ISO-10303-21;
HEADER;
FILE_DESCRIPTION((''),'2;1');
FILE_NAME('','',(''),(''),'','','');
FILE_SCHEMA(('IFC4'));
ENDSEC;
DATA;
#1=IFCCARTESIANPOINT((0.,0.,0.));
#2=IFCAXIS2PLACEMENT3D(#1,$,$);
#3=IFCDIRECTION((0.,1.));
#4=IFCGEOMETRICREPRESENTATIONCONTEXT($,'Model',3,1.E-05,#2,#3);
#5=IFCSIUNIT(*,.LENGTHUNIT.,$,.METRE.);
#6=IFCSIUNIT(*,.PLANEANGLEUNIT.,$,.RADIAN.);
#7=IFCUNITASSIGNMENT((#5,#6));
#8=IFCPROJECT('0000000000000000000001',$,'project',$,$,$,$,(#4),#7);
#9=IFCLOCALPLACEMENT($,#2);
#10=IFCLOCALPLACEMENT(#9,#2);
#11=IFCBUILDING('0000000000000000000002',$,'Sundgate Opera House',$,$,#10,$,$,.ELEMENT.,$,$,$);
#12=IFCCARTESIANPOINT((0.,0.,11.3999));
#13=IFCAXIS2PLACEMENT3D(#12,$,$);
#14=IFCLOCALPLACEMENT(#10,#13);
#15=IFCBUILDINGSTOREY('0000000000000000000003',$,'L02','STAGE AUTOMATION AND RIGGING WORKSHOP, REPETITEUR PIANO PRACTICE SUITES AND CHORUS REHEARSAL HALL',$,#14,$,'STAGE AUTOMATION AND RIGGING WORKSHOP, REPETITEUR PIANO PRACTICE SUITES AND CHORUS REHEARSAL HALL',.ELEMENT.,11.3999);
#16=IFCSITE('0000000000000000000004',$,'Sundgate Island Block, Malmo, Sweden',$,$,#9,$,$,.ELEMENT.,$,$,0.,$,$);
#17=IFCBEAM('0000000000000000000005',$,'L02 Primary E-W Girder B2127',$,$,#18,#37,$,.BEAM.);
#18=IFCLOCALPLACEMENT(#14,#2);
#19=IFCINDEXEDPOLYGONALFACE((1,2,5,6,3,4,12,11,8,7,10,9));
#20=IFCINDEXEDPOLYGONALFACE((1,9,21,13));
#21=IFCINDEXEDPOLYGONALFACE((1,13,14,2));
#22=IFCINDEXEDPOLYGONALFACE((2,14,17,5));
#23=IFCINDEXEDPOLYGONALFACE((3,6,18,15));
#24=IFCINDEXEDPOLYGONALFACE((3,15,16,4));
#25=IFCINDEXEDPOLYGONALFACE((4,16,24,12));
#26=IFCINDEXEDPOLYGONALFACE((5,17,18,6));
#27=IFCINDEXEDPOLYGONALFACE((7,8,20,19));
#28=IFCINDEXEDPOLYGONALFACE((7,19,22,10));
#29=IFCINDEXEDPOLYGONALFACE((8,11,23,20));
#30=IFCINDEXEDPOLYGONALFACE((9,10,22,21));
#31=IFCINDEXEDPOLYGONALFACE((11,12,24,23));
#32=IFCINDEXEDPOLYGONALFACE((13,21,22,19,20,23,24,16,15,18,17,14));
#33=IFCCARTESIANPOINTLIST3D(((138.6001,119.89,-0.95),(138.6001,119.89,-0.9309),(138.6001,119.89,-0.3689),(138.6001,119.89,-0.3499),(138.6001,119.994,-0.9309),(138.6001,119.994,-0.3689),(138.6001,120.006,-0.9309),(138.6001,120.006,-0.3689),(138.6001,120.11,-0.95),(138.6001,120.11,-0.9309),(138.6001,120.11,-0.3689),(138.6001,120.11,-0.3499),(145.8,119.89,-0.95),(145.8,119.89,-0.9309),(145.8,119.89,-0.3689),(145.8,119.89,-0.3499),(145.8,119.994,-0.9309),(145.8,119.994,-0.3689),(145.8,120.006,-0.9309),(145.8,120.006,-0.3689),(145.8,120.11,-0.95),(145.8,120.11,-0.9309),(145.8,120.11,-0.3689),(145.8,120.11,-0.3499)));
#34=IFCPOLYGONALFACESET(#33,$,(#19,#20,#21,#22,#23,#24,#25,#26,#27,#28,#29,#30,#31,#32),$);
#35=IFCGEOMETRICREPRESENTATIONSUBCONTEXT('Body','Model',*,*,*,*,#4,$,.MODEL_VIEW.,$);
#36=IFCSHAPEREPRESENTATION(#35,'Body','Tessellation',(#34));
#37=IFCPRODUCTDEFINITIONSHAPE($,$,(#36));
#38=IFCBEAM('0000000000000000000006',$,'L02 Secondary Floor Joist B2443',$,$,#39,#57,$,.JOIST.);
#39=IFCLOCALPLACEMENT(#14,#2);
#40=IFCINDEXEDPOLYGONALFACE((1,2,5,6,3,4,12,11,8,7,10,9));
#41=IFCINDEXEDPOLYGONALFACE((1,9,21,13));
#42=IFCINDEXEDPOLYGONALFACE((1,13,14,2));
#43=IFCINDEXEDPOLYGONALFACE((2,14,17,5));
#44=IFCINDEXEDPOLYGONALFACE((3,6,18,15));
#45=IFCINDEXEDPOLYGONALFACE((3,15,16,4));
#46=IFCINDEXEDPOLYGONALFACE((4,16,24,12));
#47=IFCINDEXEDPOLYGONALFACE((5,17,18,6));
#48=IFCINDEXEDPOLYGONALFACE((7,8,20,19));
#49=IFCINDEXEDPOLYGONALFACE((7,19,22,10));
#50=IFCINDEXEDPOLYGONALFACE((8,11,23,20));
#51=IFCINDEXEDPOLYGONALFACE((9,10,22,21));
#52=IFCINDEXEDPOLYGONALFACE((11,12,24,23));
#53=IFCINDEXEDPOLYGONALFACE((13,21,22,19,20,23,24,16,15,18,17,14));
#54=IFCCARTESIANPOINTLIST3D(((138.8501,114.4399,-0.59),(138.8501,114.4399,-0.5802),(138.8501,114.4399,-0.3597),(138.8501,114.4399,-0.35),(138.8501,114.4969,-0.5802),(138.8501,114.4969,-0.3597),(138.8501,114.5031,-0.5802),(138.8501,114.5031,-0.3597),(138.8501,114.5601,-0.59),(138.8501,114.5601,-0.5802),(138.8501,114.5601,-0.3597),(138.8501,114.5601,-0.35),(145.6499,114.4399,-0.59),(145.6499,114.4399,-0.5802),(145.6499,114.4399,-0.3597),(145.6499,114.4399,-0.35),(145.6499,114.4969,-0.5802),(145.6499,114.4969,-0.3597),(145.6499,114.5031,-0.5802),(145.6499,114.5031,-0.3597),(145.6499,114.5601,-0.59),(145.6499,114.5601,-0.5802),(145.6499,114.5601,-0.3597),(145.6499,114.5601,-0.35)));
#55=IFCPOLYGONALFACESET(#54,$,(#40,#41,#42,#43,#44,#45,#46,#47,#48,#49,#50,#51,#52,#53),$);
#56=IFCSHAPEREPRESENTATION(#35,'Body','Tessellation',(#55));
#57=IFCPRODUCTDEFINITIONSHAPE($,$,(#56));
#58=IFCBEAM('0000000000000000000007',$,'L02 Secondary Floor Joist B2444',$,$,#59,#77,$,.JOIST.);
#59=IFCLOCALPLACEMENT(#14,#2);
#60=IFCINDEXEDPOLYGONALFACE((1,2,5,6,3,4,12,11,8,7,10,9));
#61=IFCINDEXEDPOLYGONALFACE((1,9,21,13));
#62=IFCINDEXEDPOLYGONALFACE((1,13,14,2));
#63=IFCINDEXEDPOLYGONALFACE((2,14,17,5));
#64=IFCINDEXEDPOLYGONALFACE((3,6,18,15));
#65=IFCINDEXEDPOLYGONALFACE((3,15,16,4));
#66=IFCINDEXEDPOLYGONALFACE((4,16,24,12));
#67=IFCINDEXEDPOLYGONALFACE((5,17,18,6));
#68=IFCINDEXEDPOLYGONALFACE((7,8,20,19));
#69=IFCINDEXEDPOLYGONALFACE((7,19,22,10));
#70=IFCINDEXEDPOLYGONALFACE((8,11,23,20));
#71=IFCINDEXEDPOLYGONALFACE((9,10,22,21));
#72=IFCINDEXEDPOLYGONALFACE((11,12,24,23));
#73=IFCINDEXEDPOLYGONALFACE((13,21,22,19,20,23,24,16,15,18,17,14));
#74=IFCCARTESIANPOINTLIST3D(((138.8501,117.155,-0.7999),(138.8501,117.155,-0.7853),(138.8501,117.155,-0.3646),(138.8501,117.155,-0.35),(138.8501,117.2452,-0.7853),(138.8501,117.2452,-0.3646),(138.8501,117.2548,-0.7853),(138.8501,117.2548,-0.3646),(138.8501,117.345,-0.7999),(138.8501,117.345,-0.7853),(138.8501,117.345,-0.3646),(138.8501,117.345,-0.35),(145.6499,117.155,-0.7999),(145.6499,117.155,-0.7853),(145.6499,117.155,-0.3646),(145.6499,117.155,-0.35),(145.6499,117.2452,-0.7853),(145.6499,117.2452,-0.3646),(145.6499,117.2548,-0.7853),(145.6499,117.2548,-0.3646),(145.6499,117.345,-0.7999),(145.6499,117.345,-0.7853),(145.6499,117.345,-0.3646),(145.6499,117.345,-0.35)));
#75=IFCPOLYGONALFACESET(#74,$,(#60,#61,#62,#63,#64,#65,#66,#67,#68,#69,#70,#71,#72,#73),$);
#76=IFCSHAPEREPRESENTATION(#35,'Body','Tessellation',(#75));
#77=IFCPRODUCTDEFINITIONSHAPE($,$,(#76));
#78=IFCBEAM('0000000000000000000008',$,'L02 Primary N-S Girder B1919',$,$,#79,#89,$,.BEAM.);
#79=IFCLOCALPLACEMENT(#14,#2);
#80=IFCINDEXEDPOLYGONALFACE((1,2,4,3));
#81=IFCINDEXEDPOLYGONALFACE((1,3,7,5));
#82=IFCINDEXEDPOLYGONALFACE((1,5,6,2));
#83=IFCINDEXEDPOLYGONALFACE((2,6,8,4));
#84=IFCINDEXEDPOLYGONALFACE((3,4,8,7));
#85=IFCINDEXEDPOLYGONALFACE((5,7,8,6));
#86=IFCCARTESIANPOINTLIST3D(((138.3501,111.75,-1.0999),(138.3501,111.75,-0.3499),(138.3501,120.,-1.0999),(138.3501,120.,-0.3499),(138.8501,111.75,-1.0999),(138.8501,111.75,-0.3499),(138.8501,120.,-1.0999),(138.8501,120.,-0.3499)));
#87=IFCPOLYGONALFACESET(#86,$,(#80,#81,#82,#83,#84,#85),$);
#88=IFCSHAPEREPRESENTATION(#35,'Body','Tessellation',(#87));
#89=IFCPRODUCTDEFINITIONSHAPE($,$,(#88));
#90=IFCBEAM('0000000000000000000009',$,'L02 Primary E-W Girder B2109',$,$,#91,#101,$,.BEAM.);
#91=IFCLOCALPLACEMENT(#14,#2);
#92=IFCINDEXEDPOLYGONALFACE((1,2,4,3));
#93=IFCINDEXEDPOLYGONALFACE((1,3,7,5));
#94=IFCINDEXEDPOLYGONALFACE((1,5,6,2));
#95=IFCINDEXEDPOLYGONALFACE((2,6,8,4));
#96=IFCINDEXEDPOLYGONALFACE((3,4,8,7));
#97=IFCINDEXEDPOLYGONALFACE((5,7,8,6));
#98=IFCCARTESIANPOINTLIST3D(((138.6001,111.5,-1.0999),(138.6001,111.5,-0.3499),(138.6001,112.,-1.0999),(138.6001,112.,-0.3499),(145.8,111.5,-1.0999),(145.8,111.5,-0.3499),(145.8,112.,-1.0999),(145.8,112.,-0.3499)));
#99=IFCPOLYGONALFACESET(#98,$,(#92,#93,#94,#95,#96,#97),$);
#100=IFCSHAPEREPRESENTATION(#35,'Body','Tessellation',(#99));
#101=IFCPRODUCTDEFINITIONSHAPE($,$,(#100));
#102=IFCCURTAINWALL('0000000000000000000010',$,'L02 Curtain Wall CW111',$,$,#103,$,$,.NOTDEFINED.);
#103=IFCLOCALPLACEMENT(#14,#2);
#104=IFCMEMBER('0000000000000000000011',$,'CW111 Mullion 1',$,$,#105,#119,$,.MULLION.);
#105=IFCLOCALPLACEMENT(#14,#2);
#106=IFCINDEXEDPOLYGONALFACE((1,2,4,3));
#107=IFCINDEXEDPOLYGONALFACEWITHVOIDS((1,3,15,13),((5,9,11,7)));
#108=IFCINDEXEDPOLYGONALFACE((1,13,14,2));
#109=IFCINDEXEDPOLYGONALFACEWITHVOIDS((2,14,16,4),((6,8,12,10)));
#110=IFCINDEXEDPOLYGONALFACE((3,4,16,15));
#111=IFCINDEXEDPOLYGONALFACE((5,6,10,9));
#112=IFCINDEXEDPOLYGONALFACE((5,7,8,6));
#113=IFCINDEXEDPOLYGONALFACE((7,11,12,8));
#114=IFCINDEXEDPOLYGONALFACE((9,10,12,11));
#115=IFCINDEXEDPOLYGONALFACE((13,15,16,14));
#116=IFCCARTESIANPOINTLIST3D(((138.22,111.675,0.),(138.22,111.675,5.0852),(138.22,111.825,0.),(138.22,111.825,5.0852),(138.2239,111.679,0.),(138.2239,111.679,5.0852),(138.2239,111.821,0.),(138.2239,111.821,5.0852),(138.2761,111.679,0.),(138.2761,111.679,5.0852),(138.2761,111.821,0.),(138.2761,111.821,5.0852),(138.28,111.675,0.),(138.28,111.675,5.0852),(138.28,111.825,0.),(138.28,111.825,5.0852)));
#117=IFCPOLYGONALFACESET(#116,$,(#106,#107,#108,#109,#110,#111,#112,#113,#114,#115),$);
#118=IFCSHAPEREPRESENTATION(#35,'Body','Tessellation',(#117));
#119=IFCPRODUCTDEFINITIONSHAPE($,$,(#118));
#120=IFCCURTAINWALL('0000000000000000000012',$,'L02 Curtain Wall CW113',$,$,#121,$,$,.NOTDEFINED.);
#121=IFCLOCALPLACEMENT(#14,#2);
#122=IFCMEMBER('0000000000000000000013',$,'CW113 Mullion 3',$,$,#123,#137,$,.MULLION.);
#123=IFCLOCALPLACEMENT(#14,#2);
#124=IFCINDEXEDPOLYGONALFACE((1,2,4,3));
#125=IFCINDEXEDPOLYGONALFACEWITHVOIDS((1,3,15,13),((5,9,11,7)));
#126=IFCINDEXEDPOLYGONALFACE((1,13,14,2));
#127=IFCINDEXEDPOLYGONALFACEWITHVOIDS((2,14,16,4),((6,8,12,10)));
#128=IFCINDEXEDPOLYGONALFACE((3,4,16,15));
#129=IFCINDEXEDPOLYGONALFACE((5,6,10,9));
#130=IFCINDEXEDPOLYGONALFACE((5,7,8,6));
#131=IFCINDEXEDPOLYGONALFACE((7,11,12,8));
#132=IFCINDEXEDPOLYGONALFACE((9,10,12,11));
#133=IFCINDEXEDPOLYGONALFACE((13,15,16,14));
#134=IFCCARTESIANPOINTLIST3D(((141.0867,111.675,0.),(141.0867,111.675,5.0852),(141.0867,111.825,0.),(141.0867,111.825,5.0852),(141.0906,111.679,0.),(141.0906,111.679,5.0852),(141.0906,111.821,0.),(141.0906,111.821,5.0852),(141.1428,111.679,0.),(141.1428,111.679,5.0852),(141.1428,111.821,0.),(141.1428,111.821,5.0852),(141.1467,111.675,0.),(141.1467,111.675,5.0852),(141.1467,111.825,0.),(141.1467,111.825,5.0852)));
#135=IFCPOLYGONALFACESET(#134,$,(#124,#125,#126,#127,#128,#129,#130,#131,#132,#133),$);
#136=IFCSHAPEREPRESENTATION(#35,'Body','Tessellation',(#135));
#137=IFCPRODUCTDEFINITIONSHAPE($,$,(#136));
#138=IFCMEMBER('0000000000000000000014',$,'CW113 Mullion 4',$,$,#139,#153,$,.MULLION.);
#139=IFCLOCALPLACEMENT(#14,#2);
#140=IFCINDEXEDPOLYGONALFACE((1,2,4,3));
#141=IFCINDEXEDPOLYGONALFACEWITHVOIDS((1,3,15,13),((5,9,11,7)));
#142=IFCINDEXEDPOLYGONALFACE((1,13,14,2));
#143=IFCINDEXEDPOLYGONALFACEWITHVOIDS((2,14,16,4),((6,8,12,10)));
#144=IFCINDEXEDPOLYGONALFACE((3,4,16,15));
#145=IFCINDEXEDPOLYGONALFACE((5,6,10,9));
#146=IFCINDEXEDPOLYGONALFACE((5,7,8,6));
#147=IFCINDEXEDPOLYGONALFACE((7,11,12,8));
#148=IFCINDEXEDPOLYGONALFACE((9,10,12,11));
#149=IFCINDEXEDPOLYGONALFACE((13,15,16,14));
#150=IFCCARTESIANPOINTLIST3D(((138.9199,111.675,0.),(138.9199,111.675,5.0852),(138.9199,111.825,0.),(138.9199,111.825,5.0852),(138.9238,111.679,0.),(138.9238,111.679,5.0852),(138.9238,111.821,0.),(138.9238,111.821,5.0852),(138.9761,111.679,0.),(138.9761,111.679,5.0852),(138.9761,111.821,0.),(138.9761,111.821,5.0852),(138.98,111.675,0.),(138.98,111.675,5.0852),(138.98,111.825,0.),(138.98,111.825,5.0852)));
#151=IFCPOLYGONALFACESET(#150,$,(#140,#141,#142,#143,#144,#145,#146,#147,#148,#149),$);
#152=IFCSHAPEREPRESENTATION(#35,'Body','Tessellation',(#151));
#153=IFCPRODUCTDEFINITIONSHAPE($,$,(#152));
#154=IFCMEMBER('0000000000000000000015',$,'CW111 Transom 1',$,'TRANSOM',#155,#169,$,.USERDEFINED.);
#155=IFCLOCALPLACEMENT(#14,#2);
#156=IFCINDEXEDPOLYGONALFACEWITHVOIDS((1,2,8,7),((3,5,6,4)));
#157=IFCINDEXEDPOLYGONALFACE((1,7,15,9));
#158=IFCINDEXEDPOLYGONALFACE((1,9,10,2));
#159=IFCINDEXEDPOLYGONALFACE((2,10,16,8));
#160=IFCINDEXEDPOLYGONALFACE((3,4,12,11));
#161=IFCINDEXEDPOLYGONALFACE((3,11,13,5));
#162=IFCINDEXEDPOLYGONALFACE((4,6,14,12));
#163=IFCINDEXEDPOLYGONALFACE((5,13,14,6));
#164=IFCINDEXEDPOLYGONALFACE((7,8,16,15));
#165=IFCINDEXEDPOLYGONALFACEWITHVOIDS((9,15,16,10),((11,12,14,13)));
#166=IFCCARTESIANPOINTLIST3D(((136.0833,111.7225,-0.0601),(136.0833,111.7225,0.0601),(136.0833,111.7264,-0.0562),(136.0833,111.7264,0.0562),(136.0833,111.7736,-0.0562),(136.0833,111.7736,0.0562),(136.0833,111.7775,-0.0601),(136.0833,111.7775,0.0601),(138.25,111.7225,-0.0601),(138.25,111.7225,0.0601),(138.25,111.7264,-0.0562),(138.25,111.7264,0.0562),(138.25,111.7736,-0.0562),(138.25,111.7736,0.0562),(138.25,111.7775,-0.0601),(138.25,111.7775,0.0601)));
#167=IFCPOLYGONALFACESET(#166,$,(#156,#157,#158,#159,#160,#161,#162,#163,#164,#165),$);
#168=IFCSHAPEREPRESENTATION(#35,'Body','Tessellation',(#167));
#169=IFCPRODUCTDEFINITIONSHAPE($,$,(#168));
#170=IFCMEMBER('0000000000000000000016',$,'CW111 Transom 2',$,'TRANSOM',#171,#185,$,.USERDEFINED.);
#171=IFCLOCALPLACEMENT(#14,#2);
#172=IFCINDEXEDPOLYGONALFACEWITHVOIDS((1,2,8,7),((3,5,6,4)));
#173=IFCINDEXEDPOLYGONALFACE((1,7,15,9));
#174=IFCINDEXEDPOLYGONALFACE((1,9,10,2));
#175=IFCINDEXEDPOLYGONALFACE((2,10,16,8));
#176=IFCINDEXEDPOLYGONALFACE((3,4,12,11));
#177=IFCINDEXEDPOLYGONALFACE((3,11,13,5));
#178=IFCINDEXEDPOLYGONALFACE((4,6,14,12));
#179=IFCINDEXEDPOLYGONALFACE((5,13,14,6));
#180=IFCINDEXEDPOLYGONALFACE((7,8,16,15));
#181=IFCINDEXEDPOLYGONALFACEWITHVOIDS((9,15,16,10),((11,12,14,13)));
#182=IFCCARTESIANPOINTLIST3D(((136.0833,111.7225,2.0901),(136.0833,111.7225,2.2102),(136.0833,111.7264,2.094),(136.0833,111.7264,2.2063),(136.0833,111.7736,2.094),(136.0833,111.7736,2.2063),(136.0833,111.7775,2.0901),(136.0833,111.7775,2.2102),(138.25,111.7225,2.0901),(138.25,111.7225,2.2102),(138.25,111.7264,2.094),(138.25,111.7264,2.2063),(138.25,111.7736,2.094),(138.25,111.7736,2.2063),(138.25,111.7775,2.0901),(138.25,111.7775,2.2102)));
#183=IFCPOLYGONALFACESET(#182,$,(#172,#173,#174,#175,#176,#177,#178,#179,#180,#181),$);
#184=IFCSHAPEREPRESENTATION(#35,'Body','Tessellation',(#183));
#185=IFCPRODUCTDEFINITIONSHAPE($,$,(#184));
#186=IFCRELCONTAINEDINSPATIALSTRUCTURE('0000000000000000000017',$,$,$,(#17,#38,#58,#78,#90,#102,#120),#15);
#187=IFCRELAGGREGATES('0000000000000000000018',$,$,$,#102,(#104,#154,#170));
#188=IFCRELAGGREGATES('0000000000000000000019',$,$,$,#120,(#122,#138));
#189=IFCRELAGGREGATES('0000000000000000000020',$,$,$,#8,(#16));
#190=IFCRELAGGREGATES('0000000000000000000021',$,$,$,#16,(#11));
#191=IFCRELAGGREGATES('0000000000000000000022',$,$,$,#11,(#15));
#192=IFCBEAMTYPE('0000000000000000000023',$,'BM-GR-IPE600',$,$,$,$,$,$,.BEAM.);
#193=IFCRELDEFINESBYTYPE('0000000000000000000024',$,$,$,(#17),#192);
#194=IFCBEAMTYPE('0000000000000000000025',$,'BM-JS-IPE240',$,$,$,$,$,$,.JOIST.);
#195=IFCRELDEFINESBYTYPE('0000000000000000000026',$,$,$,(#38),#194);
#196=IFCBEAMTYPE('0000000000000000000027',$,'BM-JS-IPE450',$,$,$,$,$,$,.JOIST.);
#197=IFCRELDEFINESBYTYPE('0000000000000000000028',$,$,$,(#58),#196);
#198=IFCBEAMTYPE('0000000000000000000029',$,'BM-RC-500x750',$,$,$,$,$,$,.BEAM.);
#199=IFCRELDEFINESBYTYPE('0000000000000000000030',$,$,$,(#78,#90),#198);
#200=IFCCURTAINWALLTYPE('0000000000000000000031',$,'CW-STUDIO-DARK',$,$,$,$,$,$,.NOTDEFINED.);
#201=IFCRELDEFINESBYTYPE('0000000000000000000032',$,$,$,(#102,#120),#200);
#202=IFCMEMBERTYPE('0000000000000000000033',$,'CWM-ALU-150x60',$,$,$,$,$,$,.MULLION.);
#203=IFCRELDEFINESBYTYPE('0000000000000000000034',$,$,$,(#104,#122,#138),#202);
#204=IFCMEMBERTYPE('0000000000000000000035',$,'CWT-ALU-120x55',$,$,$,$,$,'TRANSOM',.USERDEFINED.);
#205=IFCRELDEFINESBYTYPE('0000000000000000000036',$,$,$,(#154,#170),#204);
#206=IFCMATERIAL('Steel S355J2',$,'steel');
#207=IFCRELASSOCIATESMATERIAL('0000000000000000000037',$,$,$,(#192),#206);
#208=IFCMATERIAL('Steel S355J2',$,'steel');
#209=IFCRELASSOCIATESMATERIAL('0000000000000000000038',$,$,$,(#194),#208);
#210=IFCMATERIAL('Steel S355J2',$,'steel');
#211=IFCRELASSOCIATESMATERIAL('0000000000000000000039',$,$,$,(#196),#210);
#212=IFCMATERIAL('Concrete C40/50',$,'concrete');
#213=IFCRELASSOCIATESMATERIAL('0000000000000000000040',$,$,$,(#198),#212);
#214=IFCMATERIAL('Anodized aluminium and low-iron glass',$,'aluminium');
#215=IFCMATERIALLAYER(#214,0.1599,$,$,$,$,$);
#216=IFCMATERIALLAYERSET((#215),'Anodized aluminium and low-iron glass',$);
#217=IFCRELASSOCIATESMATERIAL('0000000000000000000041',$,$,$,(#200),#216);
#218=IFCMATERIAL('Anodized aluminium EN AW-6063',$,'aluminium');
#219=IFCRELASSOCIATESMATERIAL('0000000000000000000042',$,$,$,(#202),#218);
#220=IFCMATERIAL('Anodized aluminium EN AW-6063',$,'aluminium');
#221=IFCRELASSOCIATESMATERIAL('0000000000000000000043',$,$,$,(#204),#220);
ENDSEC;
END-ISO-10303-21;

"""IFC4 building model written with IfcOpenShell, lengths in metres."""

from ifc_helpers import new_model, si_unit, direction, frame, origin, origin_2d, place, context, subcontext, project, spatial, rectangle, hollow_rectangle, i_section, extrude, material, layer, layer_set, material_profile, profile_set, type_object, element, aggregate, save


model = new_model("IFC4")

# Units and contexts
model_context = context("Model", 3, precision=1e-05, world=origin(), true_north=direction((0.0, 1.0)))
body_context = subcontext(model_context, "Body", "Model", "MODEL_VIEW")
ifc_project = project(units=[si_unit("LENGTHUNIT", "METRE"), si_unit("PLANEANGLEUNIT", "RADIAN")], contexts=[model_context])

# Site, building, storey
site_placement = place(None, origin())
site = spatial("IfcSite", under=ifc_project, at=site_placement, Name="Sundgate Island Block, Malmo, Sweden", CompositionType="ELEMENT", RefElevation=0.0)
building_placement = place(site_placement, origin())
building = spatial("IfcBuilding", under=site, at=building_placement, Name="Sundgate Opera House", CompositionType="ELEMENT")
storey_placement = place(building_placement, frame((0.0, 0.0, 11.3999)))
storey = spatial("IfcBuildingStorey", under=building, at=storey_placement, Name="L02", Description="STAGE AUTOMATION AND RIGGING WORKSHOP, REPETITEUR PIANO PRACTICE SUITES AND CHORUS REHEARSAL HALL", LongName="STAGE AUTOMATION AND RIGGING WORKSHOP, REPETITEUR PIANO PRACTICE SUITES AND CHORUS REHEARSAL HALL", CompositionType="ELEMENT", Elevation=11.3999)

# Beams
ifc_material_1 = material(Name="Steel S355J2", Category="steel")
ifc_material_profile_1 = material_profile(ifc_material_1, i_section(OverallWidth=0.22, OverallDepth=0.6001, WebThickness=0.012, FlangeThickness=0.019, at=origin_2d()), Name="IPE 600")
ifc_profile_set_1 = profile_set([ifc_material_profile_1], Name="Steel S355J2")
beam_type_1 = type_object("IfcBeamType", Name="BM-GR-IPE600", PredefinedType="BEAM", material=ifc_profile_set_1)
beam_1_placement = place(storey_placement, frame((138.6001, 120.0, -0.6499), z_axis=(1.0, 0.0, 0.0), x_axis=(0.0, 1.0, 0.0)))
element("IfcBeam", 1, at=beam_1_placement, inside=storey, type_object=beam_type_1, Name="L02 Primary E-W Girder B2127", PredefinedType="BEAM", context=body_context, shape_type="SweptSolid", body=[
    extrude(i_section(OverallWidth=0.22, OverallDepth=0.6001, WebThickness=0.012, FlangeThickness=0.019, at=origin_2d()), origin(), (0.0, 0.0, 1.0), 7.2),
])
ifc_material_2 = material(Name="Steel S355J2", Category="steel")
ifc_material_profile_2 = material_profile(ifc_material_2, i_section(OverallWidth=0.1201, OverallDepth=0.24, WebThickness=0.0061, FlangeThickness=0.0098, at=origin_2d()), Name="IPE 240")
ifc_profile_set_2 = profile_set([ifc_material_profile_2], Name="Steel S355J2")
beam_type_2 = type_object("IfcBeamType", Name="BM-JS-IPE240", PredefinedType="JOIST", material=ifc_profile_set_2)
beam_2_placement = place(storey_placement, frame((138.8501, 114.5, -0.47), z_axis=(1.0, 0.0, 0.0), x_axis=(0.0, 1.0, 0.0)))
element("IfcBeam", 2, at=beam_2_placement, inside=storey, type_object=beam_type_2, Name="L02 Secondary Floor Joist B2443", PredefinedType="JOIST", context=body_context, shape_type="SweptSolid", body=[
    extrude(i_section(OverallWidth=0.1201, OverallDepth=0.24, WebThickness=0.0061, FlangeThickness=0.0098, at=origin_2d()), origin(), (0.0, 0.0, 1.0), 6.7998),
])
ifc_material_3 = material(Name="Steel S355J2", Category="steel")
ifc_material_profile_3 = material_profile(ifc_material_3, i_section(OverallWidth=0.1899, OverallDepth=0.45, WebThickness=0.0095, FlangeThickness=0.0146, at=origin_2d()), Name="IPE 450")
ifc_profile_set_3 = profile_set([ifc_material_profile_3], Name="Steel S355J2")
beam_type_3 = type_object("IfcBeamType", Name="BM-JS-IPE450", PredefinedType="JOIST", material=ifc_profile_set_3)
beam_3_placement = place(storey_placement, frame((138.8501, 117.25, -0.575), z_axis=(1.0, 0.0, 0.0), x_axis=(0.0, 1.0, 0.0)))
element("IfcBeam", 3, at=beam_3_placement, inside=storey, type_object=beam_type_3, Name="L02 Secondary Floor Joist B2444", PredefinedType="JOIST", context=body_context, shape_type="SweptSolid", body=[
    extrude(i_section(OverallWidth=0.1899, OverallDepth=0.45, WebThickness=0.0095, FlangeThickness=0.0146, at=origin_2d()), origin(), (0.0, 0.0, 1.0), 6.7998),
])
ifc_material_4 = material(Name="Concrete C40/50", Category="concrete")
ifc_material_profile_4 = material_profile(ifc_material_4, rectangle(XDim=0.5, YDim=0.75, at=origin_2d()), Name="RC 500x750")
ifc_profile_set_4 = profile_set([ifc_material_profile_4], Name="Concrete C40/50")
beam_type_4 = type_object("IfcBeamType", Name="BM-RC-500x750", PredefinedType="BEAM", material=ifc_profile_set_4)
beam_4_placement = place(storey_placement, frame((138.6001, 111.75, -0.7249), z_axis=(0.0, 1.0, 0.0), x_axis=(-1.0, 0.0, 0.0)))
element("IfcBeam", 4, at=beam_4_placement, inside=storey, type_object=beam_type_4, Name="L02 Primary N-S Girder B1919", PredefinedType="BEAM", context=body_context, shape_type="SweptSolid", body=[
    extrude(rectangle(XDim=0.5, YDim=0.75, at=origin_2d()), origin(), (0.0, 0.0, 1.0), 8.25),
])
beam_5_placement = place(storey_placement, frame((138.6001, 111.75, -0.7249), z_axis=(1.0, 0.0, 0.0), x_axis=(0.0, 1.0, 0.0)))
element("IfcBeam", 5, at=beam_5_placement, inside=storey, type_object=beam_type_4, Name="L02 Primary E-W Girder B2109", PredefinedType="BEAM", context=body_context, shape_type="SweptSolid", body=[
    extrude(rectangle(XDim=0.5, YDim=0.75, at=origin_2d()), origin(), (0.0, 0.0, 1.0), 7.2),
])

# Curtain wall, member
ifc_material_5 = material(Name="Anodized aluminium and low-iron glass", Category="aluminium")
ifc_layer_1 = layer(ifc_material_5, 0.1599)
ifc_layer_set_1 = layer_set([ifc_layer_1], Name="Anodized aluminium and low-iron glass")
curtain_wall_type = type_object("IfcCurtainWallType", Name="CW-STUDIO-DARK", PredefinedType="NOTDEFINED", material=ifc_layer_set_1)
curtain_wall_1_placement = place(storey_placement, origin())
curtain_wall_1 = element("IfcCurtainWall", 6, at=curtain_wall_1_placement, inside=storey, type_object=curtain_wall_type, Name="L02 Curtain Wall CW111", PredefinedType="NOTDEFINED")
ifc_material_6 = material(Name="Anodized aluminium EN AW-6063", Category="aluminium")
ifc_material_profile_5 = material_profile(ifc_material_6, hollow_rectangle(XDim=0.0601, YDim=0.1499, WallThickness=0.0039, at=origin_2d()), Name="CWM 150x60x4")
ifc_profile_set_5 = profile_set([ifc_material_profile_5], Name="Anodized aluminium EN AW-6063")
member_type_1 = type_object("IfcMemberType", Name="CWM-ALU-150x60", PredefinedType="MULLION", material=ifc_profile_set_5)
member_1_placement = place(storey_placement, frame((138.25, 111.75, 0.0), z_axis=(0.0, 0.0, 1.0), x_axis=(1.0, 0.0, 0.0)))
member_1 = element("IfcMember", 7, at=member_1_placement, type_object=member_type_1, Name="CW111 Mullion 1", PredefinedType="MULLION", context=body_context, shape_type="SweptSolid", body=[
    extrude(hollow_rectangle(XDim=0.0601, YDim=0.1499, WallThickness=0.0039, at=origin_2d()), origin(), (0.0, 0.0, 1.0), 5.0852),
])

# Curtain wall, members
curtain_wall_2_placement = place(storey_placement, origin())
curtain_wall_2 = element("IfcCurtainWall", 8, at=curtain_wall_2_placement, inside=storey, type_object=curtain_wall_type, Name="L02 Curtain Wall CW113", PredefinedType="NOTDEFINED")
member_2_placement = place(storey_placement, frame((141.1167, 111.75, 0.0), z_axis=(0.0, 0.0, 1.0), x_axis=(1.0, 0.0, 0.0)))
member_2 = element("IfcMember", 9, at=member_2_placement, type_object=member_type_1, Name="CW113 Mullion 3", PredefinedType="MULLION", context=body_context, shape_type="SweptSolid", body=[
    extrude(hollow_rectangle(XDim=0.0601, YDim=0.1499, WallThickness=0.0039, at=origin_2d()), origin(), (0.0, 0.0, 1.0), 5.0852),
])
member_3_placement = place(storey_placement, frame((138.95, 111.75, 0.0), z_axis=(0.0, 0.0, 1.0), x_axis=(1.0, 0.0, 0.0)))
member_3 = element("IfcMember", 10, at=member_3_placement, type_object=member_type_1, Name="CW113 Mullion 4", PredefinedType="MULLION", context=body_context, shape_type="SweptSolid", body=[
    extrude(hollow_rectangle(XDim=0.0601, YDim=0.1499, WallThickness=0.0039, at=origin_2d()), origin(), (0.0, 0.0, 1.0), 5.0852),
])

# Members
ifc_material_7 = material(Name="Anodized aluminium EN AW-6063", Category="aluminium")
ifc_material_profile_6 = material_profile(ifc_material_7, hollow_rectangle(XDim=0.0549, YDim=0.1201, WallThickness=0.0039, at=origin_2d()), Name="CWT 120x55x4")
ifc_profile_set_6 = profile_set([ifc_material_profile_6], Name="Anodized aluminium EN AW-6063")
member_type_2 = type_object("IfcMemberType", Name="CWT-ALU-120x55", ElementType="TRANSOM", PredefinedType="USERDEFINED", material=ifc_profile_set_6)
member_4_placement = place(storey_placement, frame((138.25, 111.75, 0.0), z_axis=(-1.0, 0.0, 0.0), x_axis=(0.0, -1.0, 0.0)))
member_4 = element("IfcMember", 11, at=member_4_placement, type_object=member_type_2, Name="CW111 Transom 1", ObjectType="TRANSOM", PredefinedType="USERDEFINED", context=body_context, shape_type="SweptSolid", body=[
    extrude(hollow_rectangle(XDim=0.0549, YDim=0.1201, WallThickness=0.0039, at=origin_2d()), origin(), (0.0, 0.0, 1.0), 2.1667),
])
member_5_placement = place(storey_placement, frame((138.25, 111.75, 2.1501), z_axis=(-1.0, 0.0, 0.0), x_axis=(0.0, -1.0, 0.0)))
member_5 = element("IfcMember", 12, at=member_5_placement, type_object=member_type_2, Name="CW111 Transom 2", ObjectType="TRANSOM", PredefinedType="USERDEFINED", context=body_context, shape_type="SweptSolid", body=[
    extrude(hollow_rectangle(XDim=0.0549, YDim=0.1201, WallThickness=0.0039, at=origin_2d()), origin(), (0.0, 0.0, 1.0), 2.1667),
])

aggregate(curtain_wall_1, [member_1, member_4, member_5])
aggregate(curtain_wall_2, [member_2, member_3])

save(model, "model.ifc")
